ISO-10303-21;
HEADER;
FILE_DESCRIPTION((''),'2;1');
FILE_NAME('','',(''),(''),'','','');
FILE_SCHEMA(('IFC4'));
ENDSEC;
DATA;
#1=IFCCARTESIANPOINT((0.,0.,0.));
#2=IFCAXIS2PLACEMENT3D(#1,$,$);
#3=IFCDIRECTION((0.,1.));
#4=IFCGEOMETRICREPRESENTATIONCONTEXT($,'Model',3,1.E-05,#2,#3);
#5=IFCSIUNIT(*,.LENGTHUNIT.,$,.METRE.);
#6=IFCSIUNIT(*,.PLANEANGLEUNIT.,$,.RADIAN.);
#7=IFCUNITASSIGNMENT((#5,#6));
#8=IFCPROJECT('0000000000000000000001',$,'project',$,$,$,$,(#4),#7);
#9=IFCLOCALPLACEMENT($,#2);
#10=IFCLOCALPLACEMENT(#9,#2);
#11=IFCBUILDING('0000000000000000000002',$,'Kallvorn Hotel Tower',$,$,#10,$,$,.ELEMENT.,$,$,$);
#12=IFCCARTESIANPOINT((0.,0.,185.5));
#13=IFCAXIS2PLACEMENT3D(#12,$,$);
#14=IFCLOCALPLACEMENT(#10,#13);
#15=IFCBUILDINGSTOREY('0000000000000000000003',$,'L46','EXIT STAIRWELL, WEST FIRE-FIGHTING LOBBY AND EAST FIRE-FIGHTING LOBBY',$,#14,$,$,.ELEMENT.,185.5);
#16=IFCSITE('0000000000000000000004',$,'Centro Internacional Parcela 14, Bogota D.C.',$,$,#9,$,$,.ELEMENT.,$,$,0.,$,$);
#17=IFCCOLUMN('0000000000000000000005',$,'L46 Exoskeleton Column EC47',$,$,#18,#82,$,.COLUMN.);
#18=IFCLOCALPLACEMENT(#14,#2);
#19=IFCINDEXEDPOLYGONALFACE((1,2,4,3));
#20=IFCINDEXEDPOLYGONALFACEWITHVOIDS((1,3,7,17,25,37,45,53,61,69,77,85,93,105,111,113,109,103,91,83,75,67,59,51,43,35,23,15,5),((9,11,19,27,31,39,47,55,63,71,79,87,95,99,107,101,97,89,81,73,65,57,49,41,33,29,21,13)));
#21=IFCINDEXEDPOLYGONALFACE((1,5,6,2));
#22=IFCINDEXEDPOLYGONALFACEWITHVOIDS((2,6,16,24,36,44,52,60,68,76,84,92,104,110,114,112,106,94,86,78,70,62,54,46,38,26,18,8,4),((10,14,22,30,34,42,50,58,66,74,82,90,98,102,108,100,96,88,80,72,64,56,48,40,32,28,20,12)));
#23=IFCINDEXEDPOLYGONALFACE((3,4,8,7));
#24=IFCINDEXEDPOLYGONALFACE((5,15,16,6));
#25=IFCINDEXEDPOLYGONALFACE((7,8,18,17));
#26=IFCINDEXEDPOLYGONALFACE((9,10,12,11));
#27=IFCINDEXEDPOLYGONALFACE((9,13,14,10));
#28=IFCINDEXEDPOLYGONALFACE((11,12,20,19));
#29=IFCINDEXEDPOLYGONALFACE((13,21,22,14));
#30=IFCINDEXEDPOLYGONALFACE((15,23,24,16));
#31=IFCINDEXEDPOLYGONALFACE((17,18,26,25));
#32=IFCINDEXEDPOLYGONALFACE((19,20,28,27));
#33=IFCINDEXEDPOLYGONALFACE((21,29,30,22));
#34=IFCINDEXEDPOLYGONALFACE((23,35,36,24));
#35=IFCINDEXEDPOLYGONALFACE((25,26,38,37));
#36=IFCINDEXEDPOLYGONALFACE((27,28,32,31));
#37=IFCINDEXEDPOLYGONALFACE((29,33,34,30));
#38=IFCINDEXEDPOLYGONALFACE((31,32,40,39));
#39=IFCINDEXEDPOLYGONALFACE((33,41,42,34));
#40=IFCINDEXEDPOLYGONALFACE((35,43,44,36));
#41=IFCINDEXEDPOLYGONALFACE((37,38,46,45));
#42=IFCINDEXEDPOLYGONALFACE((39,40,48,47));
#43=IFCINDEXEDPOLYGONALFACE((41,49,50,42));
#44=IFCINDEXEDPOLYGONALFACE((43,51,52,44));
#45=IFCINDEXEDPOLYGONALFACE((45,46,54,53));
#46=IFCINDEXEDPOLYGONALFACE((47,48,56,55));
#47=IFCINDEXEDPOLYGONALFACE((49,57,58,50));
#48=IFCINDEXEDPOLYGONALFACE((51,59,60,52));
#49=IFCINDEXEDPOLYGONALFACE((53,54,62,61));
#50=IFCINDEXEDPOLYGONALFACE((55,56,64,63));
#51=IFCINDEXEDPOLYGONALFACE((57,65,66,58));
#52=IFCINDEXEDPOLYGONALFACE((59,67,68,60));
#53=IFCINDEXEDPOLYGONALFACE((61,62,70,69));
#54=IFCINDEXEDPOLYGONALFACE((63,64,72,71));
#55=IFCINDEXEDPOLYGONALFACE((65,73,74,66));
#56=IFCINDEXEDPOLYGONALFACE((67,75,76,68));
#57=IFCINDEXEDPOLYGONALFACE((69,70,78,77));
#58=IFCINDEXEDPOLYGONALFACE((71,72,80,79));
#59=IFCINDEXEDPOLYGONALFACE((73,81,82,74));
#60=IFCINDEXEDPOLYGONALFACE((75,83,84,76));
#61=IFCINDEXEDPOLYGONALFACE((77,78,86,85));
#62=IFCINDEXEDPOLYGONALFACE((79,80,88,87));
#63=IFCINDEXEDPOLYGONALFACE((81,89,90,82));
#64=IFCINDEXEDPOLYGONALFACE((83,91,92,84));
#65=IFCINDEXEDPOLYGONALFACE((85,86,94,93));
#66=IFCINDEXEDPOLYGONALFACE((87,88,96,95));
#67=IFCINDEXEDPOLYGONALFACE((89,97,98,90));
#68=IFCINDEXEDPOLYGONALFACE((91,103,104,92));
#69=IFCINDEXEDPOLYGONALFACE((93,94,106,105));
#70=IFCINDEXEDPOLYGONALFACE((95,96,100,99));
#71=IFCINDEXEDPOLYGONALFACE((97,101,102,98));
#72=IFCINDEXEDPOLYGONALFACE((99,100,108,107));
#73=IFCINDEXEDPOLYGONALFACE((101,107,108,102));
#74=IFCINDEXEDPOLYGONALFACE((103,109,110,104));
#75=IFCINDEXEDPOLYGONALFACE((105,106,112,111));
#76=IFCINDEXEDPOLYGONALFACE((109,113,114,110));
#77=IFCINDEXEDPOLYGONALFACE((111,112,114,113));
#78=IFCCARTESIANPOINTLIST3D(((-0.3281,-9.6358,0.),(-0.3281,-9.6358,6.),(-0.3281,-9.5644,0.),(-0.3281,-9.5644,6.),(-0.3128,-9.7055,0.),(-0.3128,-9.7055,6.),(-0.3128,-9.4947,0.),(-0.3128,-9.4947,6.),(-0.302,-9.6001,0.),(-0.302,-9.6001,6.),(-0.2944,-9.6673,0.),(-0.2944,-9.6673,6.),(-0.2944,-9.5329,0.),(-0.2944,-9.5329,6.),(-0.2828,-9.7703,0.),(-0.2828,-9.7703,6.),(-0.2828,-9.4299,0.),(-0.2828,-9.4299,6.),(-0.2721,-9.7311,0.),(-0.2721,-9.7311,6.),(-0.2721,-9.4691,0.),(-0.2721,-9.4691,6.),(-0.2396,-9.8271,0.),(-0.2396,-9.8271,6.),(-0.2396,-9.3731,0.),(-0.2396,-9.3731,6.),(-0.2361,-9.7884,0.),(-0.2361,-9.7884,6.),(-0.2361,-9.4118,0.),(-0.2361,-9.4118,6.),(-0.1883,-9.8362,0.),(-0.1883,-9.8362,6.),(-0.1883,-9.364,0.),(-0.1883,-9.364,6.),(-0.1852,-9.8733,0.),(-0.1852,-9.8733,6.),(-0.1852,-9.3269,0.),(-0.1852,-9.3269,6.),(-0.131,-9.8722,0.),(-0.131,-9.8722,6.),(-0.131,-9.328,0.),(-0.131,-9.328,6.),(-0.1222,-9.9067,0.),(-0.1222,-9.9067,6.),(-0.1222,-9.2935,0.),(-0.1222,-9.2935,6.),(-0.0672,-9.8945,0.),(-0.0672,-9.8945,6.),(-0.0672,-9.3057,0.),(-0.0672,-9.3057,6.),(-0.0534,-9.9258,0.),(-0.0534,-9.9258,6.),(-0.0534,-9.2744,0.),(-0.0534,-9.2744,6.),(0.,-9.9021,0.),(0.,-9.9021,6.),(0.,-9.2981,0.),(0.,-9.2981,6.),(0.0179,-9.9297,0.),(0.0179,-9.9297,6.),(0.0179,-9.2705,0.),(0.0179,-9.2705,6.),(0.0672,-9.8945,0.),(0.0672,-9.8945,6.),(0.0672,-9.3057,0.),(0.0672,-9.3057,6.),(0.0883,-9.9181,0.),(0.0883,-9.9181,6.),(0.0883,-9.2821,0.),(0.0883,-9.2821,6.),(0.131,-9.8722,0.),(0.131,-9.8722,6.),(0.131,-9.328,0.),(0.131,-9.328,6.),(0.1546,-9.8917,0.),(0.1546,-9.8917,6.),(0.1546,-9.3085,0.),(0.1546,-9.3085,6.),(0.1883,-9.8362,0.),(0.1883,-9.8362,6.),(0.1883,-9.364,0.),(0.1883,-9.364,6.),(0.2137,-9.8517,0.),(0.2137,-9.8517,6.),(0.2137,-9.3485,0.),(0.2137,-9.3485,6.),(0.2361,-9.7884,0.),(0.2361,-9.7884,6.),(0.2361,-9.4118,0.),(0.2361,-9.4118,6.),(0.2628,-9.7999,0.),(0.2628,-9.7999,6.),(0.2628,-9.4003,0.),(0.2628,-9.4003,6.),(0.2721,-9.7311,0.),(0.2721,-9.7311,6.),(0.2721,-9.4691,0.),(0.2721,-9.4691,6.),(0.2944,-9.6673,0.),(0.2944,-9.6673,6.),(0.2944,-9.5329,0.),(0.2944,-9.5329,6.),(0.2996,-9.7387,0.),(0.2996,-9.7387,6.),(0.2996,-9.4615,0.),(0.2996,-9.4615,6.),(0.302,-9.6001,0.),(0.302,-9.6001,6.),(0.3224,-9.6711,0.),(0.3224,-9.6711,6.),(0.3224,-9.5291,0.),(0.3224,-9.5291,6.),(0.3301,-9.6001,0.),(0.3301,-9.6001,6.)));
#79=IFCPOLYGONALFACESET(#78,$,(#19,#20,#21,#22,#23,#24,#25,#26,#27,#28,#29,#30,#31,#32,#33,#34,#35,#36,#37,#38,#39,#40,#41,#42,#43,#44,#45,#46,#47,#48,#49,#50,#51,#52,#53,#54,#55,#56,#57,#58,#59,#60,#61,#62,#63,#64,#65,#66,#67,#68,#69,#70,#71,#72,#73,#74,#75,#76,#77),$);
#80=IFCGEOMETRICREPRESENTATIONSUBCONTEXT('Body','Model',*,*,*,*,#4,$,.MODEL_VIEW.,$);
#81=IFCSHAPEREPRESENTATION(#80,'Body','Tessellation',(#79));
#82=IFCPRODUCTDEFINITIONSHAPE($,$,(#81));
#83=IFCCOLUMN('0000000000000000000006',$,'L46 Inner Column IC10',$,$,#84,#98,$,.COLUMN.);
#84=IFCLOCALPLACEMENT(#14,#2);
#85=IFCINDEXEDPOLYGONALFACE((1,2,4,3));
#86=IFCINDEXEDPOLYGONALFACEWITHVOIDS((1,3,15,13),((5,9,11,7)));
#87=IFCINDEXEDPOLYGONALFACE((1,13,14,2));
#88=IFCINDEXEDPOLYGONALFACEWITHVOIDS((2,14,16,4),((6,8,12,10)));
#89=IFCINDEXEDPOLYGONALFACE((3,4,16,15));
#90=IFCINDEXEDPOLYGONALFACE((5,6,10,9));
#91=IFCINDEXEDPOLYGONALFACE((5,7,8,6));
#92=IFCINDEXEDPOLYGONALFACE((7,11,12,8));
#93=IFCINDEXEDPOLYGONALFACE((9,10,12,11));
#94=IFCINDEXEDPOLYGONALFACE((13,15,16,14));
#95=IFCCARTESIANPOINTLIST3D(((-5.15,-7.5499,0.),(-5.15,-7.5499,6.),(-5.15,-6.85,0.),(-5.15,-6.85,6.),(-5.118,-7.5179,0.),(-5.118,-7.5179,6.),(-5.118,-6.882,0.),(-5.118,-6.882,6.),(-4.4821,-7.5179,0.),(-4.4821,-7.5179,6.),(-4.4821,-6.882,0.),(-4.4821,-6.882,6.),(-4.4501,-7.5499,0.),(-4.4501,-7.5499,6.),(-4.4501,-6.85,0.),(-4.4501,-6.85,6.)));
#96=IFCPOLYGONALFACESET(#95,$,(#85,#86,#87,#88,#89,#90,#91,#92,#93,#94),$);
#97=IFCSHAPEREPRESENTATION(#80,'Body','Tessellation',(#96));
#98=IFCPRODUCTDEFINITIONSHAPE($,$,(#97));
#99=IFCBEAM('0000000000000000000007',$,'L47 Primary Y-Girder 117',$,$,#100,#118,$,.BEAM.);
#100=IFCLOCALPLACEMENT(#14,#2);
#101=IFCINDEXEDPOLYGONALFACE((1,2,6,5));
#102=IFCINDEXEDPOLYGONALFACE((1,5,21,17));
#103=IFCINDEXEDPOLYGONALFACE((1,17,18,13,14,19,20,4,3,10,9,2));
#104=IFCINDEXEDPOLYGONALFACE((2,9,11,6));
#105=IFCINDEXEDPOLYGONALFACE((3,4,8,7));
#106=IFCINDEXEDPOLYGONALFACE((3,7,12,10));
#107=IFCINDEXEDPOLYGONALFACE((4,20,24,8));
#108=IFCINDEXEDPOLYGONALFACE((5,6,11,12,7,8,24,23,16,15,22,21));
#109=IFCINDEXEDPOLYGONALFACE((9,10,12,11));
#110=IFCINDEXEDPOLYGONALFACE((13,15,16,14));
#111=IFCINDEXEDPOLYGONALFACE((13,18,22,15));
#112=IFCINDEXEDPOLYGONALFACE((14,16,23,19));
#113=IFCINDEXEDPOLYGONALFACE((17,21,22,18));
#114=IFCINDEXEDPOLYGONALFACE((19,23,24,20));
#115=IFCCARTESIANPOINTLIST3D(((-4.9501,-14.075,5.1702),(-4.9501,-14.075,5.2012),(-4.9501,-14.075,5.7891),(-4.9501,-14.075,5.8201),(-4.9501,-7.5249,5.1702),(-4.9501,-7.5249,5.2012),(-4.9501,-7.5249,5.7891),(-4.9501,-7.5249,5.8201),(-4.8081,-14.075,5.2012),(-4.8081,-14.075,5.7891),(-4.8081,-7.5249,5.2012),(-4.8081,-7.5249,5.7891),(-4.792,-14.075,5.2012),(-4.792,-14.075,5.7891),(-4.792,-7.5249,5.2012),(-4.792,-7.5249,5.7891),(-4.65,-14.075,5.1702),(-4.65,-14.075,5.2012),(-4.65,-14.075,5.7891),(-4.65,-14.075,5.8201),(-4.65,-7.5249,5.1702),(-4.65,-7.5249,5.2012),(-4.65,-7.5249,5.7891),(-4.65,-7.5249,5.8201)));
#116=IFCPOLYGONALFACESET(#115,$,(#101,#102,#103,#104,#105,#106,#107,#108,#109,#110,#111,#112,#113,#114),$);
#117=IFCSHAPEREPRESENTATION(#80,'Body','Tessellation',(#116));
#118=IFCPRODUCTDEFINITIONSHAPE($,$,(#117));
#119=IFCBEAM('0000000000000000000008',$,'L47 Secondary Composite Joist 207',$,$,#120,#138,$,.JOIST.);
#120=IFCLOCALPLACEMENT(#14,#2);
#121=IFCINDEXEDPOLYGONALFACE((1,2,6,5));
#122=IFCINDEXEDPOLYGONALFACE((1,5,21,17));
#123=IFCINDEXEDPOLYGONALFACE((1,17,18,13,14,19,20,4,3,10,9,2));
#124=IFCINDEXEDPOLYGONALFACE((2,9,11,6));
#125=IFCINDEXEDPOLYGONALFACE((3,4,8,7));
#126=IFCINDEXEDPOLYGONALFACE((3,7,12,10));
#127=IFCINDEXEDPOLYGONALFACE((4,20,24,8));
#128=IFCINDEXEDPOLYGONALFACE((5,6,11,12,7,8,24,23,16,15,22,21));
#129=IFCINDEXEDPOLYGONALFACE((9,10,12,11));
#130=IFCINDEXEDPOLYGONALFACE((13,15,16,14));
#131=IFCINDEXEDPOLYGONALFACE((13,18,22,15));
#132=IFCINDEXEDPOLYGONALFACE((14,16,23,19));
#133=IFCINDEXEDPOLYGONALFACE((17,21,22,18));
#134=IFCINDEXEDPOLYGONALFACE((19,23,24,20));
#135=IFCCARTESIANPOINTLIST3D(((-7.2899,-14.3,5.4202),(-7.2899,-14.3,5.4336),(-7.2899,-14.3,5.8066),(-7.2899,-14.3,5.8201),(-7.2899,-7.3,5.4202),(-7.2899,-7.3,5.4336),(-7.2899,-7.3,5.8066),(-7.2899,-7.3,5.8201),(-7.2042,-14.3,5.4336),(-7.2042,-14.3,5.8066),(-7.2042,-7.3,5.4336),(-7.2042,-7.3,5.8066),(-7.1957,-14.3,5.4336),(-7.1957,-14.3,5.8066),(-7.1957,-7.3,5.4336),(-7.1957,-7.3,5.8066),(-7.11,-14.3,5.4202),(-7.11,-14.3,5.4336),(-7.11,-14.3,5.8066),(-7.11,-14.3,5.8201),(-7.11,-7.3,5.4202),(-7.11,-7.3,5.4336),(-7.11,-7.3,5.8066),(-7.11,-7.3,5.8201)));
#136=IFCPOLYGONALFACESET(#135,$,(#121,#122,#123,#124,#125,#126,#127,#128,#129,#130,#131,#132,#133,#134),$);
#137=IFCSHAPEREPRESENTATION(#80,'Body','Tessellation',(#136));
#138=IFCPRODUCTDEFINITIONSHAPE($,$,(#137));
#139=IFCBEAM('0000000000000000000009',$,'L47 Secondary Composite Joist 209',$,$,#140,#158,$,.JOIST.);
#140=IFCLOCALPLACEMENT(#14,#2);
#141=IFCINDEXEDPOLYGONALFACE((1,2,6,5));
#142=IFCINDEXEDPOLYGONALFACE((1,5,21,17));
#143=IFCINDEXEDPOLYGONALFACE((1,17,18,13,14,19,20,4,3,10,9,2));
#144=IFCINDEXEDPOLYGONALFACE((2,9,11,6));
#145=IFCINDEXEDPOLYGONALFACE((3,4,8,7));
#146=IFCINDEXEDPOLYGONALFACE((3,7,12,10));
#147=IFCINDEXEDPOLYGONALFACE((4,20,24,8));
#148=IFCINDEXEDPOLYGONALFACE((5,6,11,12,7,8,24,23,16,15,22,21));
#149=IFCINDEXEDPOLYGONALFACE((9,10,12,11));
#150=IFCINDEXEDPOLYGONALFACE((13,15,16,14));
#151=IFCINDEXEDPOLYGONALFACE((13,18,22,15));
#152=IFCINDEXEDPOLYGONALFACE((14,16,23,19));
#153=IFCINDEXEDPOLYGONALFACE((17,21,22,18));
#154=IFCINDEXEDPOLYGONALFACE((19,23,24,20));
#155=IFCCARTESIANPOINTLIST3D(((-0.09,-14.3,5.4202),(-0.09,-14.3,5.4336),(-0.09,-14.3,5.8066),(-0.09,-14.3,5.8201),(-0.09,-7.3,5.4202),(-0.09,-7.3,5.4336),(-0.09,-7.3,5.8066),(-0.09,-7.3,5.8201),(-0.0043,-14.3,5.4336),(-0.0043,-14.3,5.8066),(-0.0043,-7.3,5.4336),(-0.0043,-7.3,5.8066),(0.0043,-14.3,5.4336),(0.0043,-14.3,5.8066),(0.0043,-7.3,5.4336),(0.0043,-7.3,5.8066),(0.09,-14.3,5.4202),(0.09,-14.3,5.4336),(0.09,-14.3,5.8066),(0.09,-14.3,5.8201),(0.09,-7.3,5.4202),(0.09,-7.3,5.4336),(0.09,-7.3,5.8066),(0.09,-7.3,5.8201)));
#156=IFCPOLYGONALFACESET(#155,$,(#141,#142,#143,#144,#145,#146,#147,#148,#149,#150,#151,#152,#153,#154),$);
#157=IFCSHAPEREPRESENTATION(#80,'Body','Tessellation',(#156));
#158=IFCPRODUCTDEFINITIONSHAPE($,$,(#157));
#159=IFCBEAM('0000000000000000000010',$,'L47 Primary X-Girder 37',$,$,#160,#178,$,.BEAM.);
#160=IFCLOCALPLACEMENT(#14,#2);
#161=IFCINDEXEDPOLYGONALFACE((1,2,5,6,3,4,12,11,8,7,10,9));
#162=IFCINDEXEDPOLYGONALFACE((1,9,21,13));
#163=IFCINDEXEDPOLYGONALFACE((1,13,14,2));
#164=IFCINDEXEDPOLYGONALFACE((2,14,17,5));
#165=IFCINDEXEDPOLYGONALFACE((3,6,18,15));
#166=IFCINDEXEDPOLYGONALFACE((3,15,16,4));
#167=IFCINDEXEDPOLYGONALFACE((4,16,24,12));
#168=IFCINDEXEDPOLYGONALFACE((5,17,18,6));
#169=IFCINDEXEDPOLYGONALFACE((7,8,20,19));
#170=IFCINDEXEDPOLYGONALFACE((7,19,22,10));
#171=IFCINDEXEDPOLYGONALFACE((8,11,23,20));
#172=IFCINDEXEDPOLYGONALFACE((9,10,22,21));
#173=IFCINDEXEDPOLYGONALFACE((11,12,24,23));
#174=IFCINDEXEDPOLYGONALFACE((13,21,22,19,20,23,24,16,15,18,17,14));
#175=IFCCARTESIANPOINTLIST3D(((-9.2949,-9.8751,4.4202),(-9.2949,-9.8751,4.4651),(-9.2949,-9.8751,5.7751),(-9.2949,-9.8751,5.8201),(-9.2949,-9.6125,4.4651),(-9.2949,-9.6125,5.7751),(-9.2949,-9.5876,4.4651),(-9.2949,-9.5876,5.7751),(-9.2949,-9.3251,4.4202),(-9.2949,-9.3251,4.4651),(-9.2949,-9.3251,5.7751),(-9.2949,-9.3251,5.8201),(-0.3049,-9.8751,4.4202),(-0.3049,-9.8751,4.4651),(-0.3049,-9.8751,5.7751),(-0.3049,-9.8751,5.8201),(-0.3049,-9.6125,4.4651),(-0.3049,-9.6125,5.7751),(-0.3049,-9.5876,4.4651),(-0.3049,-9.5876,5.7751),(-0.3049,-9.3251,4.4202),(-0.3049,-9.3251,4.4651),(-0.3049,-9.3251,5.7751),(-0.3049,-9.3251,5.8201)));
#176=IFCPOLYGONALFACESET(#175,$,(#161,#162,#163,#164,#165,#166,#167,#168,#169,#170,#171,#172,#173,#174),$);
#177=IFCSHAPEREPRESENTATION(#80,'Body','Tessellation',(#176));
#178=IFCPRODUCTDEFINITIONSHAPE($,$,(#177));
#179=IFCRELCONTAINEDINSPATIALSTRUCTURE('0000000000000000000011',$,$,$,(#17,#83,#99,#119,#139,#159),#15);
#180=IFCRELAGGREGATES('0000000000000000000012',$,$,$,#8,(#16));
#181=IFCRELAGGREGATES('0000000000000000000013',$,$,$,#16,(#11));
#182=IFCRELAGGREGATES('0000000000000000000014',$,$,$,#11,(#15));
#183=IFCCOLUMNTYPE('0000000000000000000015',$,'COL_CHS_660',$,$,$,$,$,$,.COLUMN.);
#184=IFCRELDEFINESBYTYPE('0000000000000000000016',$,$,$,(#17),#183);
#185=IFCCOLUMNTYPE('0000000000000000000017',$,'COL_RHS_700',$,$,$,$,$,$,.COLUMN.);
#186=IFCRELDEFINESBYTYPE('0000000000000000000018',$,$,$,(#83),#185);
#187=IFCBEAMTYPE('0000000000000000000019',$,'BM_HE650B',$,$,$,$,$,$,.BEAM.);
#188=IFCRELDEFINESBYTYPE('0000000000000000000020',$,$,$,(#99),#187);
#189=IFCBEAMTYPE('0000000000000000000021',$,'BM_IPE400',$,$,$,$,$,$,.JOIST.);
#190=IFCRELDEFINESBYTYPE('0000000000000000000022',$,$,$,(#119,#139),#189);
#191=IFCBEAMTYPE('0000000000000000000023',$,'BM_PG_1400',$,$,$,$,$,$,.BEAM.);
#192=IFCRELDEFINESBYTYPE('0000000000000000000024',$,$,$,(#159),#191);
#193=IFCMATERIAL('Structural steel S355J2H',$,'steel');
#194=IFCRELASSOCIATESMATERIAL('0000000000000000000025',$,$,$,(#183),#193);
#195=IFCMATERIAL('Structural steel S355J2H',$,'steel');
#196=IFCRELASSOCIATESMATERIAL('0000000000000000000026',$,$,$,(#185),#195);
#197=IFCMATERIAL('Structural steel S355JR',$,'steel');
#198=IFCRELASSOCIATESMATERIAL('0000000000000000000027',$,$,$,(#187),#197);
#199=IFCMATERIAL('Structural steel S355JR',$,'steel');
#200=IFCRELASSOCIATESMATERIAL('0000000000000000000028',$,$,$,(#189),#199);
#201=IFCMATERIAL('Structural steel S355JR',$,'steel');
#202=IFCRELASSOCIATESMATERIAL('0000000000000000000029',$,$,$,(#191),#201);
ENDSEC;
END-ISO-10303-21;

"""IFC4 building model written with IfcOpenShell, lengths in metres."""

from ifc_helpers import new_model, si_unit, direction, frame, origin, origin_2d, place, context, subcontext, project, spatial, hollow_rectangle, hollow_circle, i_section, extrude, material, material_profile, profile_set, type_object, element, save


model = new_model("IFC4")

# Units and contexts
model_context = context("Model", 3, precision=1e-05, world=origin(), true_north=direction((0.0, 1.0)))
body_context = subcontext(model_context, "Body", "Model", "MODEL_VIEW")
ifc_project = project(units=[si_unit("LENGTHUNIT", "METRE"), si_unit("PLANEANGLEUNIT", "RADIAN")], contexts=[model_context])

# Site, building, storey
site_placement = place(None, origin())
site = spatial("IfcSite", under=ifc_project, at=site_placement, Name="Centro Internacional Parcela 14, Bogota D.C.", CompositionType="ELEMENT", RefElevation=0.0)
building_placement = place(site_placement, origin())
building = spatial("IfcBuilding", under=site, at=building_placement, Name="Kallvorn Hotel Tower", CompositionType="ELEMENT")
storey_placement = place(building_placement, frame((0.0, 0.0, 185.5)))
storey = spatial("IfcBuildingStorey", under=building, at=storey_placement, Name="L46", Description="EXIT STAIRWELL, WEST FIRE-FIGHTING LOBBY AND EAST FIRE-FIGHTING LOBBY", CompositionType="ELEMENT", Elevation=185.5)

# Columns
ifc_material_1 = material(Name="Structural steel S355J2H", Category="steel")
ifc_material_profile_1 = material_profile(ifc_material_1, hollow_circle(Radius=0.3301, WallThickness=0.0281, at=origin_2d()), Name="CHS 660x28")
ifc_profile_set_1 = profile_set([ifc_material_profile_1], Name="Structural steel S355J2H")
column_type_1 = type_object("IfcColumnType", Name="COL_CHS_660", PredefinedType="COLUMN", material=ifc_profile_set_1)
column_1_placement = place(storey_placement, frame((0.0, -9.6001, 0.0), z_axis=(0.0, 0.0, 1.0), x_axis=(1.0, 0.0, 0.0)))
element("IfcColumn", 1, at=column_1_placement, inside=storey, type_object=column_type_1, Name="L46 Exoskeleton Column EC47", PredefinedType="COLUMN", context=body_context, shape_type="SweptSolid", body=[
    extrude(hollow_circle(Radius=0.3301, WallThickness=0.0281, at=origin_2d()), origin(), (0.0, 0.0, 1.0), 6.0),
])
ifc_material_2 = material(Name="Structural steel S355J2H", Category="steel")
ifc_material_profile_2 = material_profile(ifc_material_2, hollow_rectangle(XDim=0.7, YDim=0.7, WallThickness=0.032, at=origin_2d()), Name="RHS 700x700x32")
ifc_profile_set_2 = profile_set([ifc_material_profile_2], Name="Structural steel S355J2H")
column_type_2 = type_object("IfcColumnType", Name="COL_RHS_700", PredefinedType="COLUMN", material=ifc_profile_set_2)
column_2_placement = place(storey_placement, frame((-4.8, -7.2, 0.0), z_axis=(0.0, 0.0, 1.0), x_axis=(1.0, 0.0, 0.0)))
element("IfcColumn", 2, at=column_2_placement, inside=storey, type_object=column_type_2, Name="L46 Inner Column IC10", PredefinedType="COLUMN", context=body_context, shape_type="SweptSolid", body=[
    extrude(hollow_rectangle(XDim=0.7, YDim=0.7, WallThickness=0.032, at=origin_2d()), origin(), (0.0, 0.0, 1.0), 6.0),
])

# Beams
ifc_material_3 = material(Name="Structural steel S355JR", Category="steel")
ifc_material_profile_3 = material_profile(ifc_material_3, i_section(OverallWidth=0.3, OverallDepth=0.6499, WebThickness=0.0161, FlangeThickness=0.031, at=origin_2d()), Name="HE 650 B")
ifc_profile_set_3 = profile_set([ifc_material_profile_3], Name="Structural steel S355JR")
beam_type_1 = type_object("IfcBeamType", Name="BM_HE650B", PredefinedType="BEAM", material=ifc_profile_set_3)
beam_1_placement = place(storey_placement, frame((-4.8, -14.075, 5.4951), z_axis=(0.0, 1.0, 0.0), x_axis=(-1.0, 0.0, 0.0)))
element("IfcBeam", 3, at=beam_1_placement, inside=storey, type_object=beam_type_1, Name="L47 Primary Y-Girder 117", PredefinedType="BEAM", context=body_context, shape_type="SweptSolid", body=[
    extrude(i_section(OverallWidth=0.3, OverallDepth=0.6499, WebThickness=0.0161, FlangeThickness=0.031, at=origin_2d()), origin(), (0.0, 0.0, 1.0), 6.55),
])
ifc_material_4 = material(Name="Structural steel S355JR", Category="steel")
ifc_material_profile_4 = material_profile(ifc_material_4, i_section(OverallWidth=0.1799, OverallDepth=0.3999, WebThickness=0.0085, FlangeThickness=0.0134, at=origin_2d()), Name="IPE 400")
ifc_profile_set_4 = profile_set([ifc_material_profile_4], Name="Structural steel S355JR")
beam_type_2 = type_object("IfcBeamType", Name="BM_IPE400", PredefinedType="JOIST", material=ifc_profile_set_4)
for number, where, z_axis, x_axis, name in (
    (4, (-7.2, -14.3, 5.6201), (0.0, 1.0, 0.0), (-1.0, 0.0, 0.0), "L47 Secondary Composite Joist 207"),
    (5, (0.0, -14.3, 5.6201), (0.0, 1.0, 0.0), (-1.0, 0.0, 0.0), "L47 Secondary Composite Joist 209"),
):
    element("IfcBeam", number, at=place(storey_placement, frame(where, z_axis=z_axis, x_axis=x_axis)), inside=storey, type_object=beam_type_2, Name=name, PredefinedType="JOIST", context=body_context, shape_type="SweptSolid", body=[
        extrude(i_section(OverallWidth=0.1799, OverallDepth=0.3999, WebThickness=0.0085, FlangeThickness=0.0134, at=origin_2d()), origin(), (0.0, 0.0, 1.0), 7.0),
    ])
ifc_material_5 = material(Name="Structural steel S355JR", Category="steel")
ifc_material_profile_5 = material_profile(ifc_material_5, i_section(OverallWidth=0.55, OverallDepth=1.3999, WebThickness=0.0249, FlangeThickness=0.0449, at=origin_2d()), Name="PG 1400x550x25x45")
ifc_profile_set_5 = profile_set([ifc_material_profile_5], Name="Structural steel S355JR")
beam_type_3 = type_object("IfcBeamType", Name="BM_PG_1400", PredefinedType="BEAM", material=ifc_profile_set_5)
for number, where, z_axis, x_axis, name in (
    (6, (-9.2949, -9.6001, 5.1201), (1.0, 0.0, 0.0), (0.0, 1.0, 0.0), "L47 Primary X-Girder 37"),
):
    element("IfcBeam", number, at=place(storey_placement, frame(where, z_axis=z_axis, x_axis=x_axis)), inside=storey, type_object=beam_type_3, Name=name, PredefinedType="BEAM", context=body_context, shape_type="SweptSolid", body=[
        extrude(i_section(OverallWidth=0.55, OverallDepth=1.3999, WebThickness=0.0249, FlangeThickness=0.0449, at=origin_2d()), origin(), (0.0, 0.0, 1.0), 8.99),
    ])

save(model, "model.ifc")
